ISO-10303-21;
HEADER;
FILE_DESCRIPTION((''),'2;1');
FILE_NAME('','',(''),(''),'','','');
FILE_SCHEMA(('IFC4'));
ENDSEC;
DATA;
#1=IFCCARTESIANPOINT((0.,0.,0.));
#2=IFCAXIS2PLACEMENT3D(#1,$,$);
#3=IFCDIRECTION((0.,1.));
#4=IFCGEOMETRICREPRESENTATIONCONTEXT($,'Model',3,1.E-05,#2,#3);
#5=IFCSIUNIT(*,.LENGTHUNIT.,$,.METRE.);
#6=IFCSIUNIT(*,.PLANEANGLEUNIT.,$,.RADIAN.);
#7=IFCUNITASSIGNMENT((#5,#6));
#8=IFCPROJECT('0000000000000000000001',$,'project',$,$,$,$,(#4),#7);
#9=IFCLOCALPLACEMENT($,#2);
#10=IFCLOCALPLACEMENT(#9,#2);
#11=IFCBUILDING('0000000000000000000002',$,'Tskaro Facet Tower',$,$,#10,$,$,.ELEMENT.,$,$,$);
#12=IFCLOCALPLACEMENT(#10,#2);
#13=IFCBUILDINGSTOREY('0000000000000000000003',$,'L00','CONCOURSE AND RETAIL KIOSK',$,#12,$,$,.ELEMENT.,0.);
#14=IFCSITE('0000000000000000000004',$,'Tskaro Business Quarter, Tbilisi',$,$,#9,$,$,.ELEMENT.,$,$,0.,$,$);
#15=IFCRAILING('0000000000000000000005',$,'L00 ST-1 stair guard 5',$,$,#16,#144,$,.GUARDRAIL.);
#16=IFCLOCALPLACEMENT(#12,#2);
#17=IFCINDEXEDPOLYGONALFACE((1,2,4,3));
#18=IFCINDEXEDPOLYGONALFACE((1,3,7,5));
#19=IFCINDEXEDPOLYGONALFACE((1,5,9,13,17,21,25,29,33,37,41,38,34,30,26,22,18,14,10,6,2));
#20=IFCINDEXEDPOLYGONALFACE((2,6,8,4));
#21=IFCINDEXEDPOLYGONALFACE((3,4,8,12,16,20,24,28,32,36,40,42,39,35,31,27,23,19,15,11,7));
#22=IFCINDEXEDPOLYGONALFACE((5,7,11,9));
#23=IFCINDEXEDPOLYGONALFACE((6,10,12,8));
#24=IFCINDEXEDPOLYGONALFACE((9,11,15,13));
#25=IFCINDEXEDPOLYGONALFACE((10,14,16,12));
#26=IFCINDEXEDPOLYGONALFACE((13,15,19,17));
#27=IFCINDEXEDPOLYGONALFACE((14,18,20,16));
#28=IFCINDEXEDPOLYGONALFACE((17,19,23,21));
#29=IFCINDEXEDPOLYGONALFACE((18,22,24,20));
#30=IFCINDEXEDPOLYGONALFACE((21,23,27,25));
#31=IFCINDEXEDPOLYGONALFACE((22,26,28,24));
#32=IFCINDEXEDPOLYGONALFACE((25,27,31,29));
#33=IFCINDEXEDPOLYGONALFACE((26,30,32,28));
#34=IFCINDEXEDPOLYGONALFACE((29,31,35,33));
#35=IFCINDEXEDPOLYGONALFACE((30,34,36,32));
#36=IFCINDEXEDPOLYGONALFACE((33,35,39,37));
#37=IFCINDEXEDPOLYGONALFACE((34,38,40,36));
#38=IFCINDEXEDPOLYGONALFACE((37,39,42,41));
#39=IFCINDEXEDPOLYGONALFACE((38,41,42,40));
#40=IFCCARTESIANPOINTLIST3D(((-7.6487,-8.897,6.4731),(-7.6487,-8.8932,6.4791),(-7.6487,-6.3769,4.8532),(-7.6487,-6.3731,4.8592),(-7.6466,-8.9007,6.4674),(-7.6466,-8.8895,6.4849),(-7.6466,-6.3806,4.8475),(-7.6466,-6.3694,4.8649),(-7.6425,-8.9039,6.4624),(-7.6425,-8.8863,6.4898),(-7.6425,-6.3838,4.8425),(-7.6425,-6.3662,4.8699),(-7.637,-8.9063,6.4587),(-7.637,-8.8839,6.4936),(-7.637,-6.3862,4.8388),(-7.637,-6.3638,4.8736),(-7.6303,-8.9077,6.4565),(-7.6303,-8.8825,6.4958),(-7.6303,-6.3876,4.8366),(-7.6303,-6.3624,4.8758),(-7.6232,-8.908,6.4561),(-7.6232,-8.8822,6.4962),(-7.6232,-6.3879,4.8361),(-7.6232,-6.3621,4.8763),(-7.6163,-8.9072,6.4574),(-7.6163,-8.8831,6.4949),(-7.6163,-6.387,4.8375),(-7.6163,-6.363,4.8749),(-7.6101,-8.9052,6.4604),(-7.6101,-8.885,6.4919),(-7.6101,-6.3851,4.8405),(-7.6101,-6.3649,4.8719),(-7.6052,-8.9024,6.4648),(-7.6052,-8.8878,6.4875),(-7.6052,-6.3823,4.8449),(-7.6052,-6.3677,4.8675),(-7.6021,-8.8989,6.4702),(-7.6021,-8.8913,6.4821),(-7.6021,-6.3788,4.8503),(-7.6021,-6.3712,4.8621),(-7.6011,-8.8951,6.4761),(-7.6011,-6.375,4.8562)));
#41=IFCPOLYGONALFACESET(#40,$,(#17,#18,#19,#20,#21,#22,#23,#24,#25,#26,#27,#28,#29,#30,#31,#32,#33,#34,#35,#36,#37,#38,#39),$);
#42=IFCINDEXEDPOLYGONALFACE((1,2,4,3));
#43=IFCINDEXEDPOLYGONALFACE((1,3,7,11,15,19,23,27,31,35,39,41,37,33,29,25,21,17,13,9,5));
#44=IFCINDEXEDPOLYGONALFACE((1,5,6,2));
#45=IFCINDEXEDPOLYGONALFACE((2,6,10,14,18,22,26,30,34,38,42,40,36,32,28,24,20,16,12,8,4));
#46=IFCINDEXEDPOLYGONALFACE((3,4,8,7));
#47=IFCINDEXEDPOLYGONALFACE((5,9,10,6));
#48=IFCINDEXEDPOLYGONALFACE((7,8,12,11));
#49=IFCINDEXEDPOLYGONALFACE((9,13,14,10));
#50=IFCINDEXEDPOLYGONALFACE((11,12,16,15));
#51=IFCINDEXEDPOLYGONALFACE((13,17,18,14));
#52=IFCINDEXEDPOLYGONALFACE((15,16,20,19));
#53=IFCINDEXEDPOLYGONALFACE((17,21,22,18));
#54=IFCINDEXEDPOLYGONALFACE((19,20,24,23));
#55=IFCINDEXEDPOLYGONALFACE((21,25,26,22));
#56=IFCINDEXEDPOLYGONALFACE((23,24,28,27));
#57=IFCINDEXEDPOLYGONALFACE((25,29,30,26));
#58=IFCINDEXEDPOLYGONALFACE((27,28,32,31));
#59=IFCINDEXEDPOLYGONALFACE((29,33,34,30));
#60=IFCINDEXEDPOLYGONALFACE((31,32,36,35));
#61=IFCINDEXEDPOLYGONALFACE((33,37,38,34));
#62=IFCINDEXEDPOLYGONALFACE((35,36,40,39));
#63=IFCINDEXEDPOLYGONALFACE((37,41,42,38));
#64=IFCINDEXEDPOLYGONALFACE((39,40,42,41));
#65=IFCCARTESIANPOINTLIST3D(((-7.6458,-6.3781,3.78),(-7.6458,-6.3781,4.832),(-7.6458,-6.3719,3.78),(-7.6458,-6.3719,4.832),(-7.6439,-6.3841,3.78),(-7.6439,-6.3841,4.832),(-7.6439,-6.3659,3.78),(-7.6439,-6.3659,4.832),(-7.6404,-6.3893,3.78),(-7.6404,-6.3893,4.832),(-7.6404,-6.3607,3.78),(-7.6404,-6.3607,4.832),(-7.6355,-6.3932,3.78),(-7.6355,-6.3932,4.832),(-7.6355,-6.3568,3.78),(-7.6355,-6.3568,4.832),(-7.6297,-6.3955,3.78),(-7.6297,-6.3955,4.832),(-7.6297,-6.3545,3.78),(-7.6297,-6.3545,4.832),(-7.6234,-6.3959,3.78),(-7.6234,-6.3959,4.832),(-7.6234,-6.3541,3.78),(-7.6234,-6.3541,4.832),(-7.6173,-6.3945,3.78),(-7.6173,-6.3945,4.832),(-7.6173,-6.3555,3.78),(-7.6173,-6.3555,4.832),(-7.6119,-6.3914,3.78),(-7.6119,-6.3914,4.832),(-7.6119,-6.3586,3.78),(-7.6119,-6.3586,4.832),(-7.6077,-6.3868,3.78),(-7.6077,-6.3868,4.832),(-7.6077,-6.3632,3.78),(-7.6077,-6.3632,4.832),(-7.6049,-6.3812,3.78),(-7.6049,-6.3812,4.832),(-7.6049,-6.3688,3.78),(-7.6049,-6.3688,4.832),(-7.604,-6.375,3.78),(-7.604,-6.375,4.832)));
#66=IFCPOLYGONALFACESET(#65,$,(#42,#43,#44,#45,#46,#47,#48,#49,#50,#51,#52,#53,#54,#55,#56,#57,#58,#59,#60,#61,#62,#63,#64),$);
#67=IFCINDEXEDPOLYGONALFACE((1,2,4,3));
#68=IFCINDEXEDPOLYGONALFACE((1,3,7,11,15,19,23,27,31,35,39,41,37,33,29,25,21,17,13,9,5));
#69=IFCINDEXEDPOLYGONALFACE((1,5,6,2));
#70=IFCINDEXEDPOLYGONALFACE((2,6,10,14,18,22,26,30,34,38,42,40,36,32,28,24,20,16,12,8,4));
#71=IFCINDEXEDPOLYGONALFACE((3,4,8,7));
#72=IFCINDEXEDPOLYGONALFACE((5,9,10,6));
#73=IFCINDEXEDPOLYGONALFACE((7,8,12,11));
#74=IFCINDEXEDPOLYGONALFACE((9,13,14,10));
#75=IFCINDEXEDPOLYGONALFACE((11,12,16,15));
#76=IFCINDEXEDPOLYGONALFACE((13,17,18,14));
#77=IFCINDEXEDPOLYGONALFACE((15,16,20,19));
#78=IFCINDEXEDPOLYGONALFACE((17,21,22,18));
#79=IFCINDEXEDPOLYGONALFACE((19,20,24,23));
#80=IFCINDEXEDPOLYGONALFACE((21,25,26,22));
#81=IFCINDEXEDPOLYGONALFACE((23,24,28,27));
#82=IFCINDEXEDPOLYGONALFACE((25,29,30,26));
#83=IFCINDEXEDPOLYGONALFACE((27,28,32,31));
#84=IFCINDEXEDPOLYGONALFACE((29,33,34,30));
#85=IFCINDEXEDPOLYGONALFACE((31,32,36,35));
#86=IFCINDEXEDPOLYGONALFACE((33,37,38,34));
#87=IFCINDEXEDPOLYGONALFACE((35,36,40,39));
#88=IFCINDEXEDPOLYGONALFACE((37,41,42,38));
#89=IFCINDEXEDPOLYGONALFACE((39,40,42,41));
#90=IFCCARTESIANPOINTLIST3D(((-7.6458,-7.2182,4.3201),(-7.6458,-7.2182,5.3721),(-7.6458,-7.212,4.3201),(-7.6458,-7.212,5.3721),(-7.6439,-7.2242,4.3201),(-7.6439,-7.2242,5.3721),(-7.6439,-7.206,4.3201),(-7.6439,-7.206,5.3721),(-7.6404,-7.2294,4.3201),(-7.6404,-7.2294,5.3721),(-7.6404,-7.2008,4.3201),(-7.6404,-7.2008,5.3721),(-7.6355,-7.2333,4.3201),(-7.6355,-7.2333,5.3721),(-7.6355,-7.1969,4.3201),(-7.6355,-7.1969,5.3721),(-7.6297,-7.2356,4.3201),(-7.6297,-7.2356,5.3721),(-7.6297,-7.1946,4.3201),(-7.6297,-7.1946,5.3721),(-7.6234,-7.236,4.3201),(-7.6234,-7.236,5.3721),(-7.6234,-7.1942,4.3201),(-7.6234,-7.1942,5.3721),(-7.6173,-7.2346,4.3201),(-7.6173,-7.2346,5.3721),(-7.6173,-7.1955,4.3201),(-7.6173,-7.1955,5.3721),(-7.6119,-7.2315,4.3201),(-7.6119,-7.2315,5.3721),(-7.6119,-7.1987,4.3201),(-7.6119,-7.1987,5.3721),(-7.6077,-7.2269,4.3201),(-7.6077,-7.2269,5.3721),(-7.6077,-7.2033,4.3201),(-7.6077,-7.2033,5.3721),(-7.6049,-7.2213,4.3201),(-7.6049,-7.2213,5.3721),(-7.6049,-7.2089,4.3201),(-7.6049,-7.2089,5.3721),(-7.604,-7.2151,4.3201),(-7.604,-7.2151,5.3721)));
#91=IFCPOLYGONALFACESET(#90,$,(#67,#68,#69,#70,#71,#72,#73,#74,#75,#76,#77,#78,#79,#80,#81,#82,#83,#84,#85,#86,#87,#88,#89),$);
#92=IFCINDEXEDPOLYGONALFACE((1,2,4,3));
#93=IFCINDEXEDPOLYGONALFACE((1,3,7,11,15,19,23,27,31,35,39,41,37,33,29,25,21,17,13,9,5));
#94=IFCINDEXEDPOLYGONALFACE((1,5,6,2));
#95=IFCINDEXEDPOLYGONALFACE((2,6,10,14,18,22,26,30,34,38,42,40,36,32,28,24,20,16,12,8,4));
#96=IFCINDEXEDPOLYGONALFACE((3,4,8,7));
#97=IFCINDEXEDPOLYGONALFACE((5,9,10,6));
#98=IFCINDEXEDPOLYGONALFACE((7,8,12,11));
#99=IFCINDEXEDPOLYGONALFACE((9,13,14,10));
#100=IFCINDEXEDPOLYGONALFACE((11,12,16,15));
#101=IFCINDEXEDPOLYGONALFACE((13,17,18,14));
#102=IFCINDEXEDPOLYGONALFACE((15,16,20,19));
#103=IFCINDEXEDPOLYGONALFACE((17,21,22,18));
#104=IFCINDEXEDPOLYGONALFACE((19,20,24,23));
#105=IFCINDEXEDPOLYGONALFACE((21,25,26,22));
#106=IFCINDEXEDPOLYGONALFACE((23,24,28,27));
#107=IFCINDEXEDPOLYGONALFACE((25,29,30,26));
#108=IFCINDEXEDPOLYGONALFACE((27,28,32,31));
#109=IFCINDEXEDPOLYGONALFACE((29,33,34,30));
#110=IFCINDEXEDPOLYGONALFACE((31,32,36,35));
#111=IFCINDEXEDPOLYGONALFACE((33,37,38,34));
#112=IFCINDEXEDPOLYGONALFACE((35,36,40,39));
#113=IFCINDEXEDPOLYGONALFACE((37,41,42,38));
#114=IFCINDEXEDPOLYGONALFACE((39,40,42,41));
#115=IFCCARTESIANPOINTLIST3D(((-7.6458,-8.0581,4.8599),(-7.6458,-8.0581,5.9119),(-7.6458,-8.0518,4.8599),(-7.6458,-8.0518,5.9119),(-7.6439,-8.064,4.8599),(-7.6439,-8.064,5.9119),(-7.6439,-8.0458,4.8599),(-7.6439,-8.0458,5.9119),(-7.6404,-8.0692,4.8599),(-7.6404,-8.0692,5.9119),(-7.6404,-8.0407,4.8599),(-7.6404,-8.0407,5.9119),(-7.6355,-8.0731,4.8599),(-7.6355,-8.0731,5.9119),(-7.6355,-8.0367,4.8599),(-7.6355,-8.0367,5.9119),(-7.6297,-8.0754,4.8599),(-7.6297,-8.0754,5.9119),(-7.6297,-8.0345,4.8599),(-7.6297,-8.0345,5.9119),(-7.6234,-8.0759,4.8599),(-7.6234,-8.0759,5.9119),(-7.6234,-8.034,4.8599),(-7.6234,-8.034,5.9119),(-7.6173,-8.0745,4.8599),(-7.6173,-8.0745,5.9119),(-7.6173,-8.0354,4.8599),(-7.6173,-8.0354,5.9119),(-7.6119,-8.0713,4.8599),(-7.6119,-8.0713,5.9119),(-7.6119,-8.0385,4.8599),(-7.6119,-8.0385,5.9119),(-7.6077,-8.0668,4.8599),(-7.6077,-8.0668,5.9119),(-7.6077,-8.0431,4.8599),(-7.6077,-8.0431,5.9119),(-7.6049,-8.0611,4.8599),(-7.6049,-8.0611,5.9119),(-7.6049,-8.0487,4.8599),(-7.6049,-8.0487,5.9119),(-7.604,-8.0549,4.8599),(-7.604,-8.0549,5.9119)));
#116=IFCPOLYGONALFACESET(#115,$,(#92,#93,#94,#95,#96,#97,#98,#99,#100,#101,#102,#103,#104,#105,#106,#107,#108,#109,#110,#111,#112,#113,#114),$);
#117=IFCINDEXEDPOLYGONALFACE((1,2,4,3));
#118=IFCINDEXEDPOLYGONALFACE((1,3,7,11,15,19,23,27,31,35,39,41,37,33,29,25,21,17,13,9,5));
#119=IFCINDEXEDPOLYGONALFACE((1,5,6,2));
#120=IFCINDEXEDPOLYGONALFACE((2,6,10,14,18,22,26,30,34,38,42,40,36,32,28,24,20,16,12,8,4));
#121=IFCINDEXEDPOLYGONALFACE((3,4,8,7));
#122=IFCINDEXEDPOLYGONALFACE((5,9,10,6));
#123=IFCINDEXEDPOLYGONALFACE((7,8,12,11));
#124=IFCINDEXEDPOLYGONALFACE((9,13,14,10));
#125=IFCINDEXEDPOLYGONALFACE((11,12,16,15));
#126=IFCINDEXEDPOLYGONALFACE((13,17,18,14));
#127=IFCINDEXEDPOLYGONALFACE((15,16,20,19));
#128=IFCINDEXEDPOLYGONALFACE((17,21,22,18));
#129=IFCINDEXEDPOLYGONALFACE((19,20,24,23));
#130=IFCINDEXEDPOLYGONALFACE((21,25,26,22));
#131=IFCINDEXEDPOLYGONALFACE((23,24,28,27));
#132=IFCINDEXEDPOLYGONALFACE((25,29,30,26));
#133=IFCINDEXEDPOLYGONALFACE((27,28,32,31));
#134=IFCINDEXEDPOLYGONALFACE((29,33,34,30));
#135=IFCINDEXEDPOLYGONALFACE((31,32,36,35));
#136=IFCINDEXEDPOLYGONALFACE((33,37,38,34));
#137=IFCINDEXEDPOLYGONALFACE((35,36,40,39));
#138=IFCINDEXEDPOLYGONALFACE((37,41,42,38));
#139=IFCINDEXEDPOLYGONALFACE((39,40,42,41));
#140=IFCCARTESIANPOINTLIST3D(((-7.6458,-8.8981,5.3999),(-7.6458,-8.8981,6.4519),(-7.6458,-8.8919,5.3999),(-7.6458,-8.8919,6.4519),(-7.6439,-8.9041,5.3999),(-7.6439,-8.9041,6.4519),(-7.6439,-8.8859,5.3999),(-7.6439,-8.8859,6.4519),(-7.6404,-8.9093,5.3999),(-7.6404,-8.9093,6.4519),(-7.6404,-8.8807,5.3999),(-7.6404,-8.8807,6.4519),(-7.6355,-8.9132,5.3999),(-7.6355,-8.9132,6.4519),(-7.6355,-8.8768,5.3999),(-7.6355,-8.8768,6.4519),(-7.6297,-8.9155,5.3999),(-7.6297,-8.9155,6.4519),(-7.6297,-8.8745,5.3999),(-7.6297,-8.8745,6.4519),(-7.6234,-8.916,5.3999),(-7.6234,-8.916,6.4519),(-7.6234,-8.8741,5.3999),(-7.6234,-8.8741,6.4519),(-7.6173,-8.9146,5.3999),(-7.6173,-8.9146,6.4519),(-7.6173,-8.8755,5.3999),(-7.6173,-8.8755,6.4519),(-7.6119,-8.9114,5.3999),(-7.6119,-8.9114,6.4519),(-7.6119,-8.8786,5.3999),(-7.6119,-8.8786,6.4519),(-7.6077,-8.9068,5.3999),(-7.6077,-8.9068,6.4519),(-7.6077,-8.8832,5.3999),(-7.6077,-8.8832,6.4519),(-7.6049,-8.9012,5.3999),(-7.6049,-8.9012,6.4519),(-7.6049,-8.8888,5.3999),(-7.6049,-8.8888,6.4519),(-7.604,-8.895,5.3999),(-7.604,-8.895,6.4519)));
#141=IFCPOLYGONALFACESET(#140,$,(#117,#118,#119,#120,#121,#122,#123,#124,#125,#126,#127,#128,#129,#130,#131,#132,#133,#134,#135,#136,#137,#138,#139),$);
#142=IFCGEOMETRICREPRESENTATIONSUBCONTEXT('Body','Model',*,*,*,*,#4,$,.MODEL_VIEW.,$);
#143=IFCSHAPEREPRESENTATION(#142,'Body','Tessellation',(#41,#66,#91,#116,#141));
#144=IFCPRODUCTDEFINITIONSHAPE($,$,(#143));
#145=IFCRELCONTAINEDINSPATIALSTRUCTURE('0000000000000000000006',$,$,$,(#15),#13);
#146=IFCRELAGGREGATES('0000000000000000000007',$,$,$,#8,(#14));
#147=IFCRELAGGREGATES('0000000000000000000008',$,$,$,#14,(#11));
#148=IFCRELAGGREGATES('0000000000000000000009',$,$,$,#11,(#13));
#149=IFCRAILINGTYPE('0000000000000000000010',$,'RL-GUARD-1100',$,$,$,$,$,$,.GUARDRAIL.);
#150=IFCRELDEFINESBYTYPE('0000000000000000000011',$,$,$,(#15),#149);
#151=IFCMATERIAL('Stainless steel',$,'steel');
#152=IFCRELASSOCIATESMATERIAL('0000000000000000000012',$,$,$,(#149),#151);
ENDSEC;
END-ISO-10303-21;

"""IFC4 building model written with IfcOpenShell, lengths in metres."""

from ifc_helpers import new_model, si_unit, direction, frame, origin, origin_2d, place, context, subcontext, project, spatial, circle, extrude, material, type_object, element, save


model = new_model("IFC4")

# Units and contexts
model_context = context("Model", 3, precision=1e-05, world=origin(), true_north=direction((0.0, 1.0)))
body_context = subcontext(model_context, "Body", "Model", "MODEL_VIEW")
ifc_project = project(units=[si_unit("LENGTHUNIT", "METRE"), si_unit("PLANEANGLEUNIT", "RADIAN")], contexts=[model_context])

# Site, building, storey
site_placement = place(None, origin())
site = spatial("IfcSite", under=ifc_project, at=site_placement, Name="Tskaro Business Quarter, Tbilisi", CompositionType="ELEMENT", RefElevation=0.0)
building_placement = place(site_placement, origin())
building = spatial("IfcBuilding", under=site, at=building_placement, Name="Tskaro Facet Tower", CompositionType="ELEMENT")
storey_placement = place(building_placement, origin())
storey = spatial("IfcBuildingStorey", under=building, at=storey_placement, Name="L00", Description="CONCOURSE AND RETAIL KIOSK", CompositionType="ELEMENT", Elevation=0.0)

# Railing
ifc_material_1 = material(Name="Stainless steel", Category="steel")
railing_type_1 = type_object("IfcRailingType", Name="RL-GUARD-1100", PredefinedType="GUARDRAIL", material=ifc_material_1)
railing_1_placement = place(storey_placement, frame((-7.625, -6.375, 3.78)))
element("IfcRailing", 1, at=railing_1_placement, inside=storey, type_object=railing_type_1, Name="L00 ST-1 stair guard 5", PredefinedType="GUARDRAIL", context=body_context, shape_type="SweptSolid", body=[
    extrude(circle(Radius=0.0239, at=origin_2d()), frame((0.0, 0.0, 1.0762), z_axis=(0.0, -0.8412, 0.540725), x_axis=(1.0, 0.0, 0.0)), (0.0, 0.0, 1.0), 2.9958),
    extrude(circle(Radius=0.021, at=origin_2d()), origin(), (0.0, 0.0, 1.0), 1.052),
    extrude(circle(Radius=0.021, at=origin_2d()), frame((0.0, -0.8401, 0.54)), (0.0, 0.0, 1.0), 1.052),
    extrude(circle(Radius=0.021, at=origin_2d()), frame((0.0, -1.6799, 1.0798)), (0.0, 0.0, 1.0), 1.052),
    extrude(circle(Radius=0.021, at=origin_2d()), frame((0.0, -2.52, 1.6199)), (0.0, 0.0, 1.0), 1.052),
])

save(model, "model.ifc")
